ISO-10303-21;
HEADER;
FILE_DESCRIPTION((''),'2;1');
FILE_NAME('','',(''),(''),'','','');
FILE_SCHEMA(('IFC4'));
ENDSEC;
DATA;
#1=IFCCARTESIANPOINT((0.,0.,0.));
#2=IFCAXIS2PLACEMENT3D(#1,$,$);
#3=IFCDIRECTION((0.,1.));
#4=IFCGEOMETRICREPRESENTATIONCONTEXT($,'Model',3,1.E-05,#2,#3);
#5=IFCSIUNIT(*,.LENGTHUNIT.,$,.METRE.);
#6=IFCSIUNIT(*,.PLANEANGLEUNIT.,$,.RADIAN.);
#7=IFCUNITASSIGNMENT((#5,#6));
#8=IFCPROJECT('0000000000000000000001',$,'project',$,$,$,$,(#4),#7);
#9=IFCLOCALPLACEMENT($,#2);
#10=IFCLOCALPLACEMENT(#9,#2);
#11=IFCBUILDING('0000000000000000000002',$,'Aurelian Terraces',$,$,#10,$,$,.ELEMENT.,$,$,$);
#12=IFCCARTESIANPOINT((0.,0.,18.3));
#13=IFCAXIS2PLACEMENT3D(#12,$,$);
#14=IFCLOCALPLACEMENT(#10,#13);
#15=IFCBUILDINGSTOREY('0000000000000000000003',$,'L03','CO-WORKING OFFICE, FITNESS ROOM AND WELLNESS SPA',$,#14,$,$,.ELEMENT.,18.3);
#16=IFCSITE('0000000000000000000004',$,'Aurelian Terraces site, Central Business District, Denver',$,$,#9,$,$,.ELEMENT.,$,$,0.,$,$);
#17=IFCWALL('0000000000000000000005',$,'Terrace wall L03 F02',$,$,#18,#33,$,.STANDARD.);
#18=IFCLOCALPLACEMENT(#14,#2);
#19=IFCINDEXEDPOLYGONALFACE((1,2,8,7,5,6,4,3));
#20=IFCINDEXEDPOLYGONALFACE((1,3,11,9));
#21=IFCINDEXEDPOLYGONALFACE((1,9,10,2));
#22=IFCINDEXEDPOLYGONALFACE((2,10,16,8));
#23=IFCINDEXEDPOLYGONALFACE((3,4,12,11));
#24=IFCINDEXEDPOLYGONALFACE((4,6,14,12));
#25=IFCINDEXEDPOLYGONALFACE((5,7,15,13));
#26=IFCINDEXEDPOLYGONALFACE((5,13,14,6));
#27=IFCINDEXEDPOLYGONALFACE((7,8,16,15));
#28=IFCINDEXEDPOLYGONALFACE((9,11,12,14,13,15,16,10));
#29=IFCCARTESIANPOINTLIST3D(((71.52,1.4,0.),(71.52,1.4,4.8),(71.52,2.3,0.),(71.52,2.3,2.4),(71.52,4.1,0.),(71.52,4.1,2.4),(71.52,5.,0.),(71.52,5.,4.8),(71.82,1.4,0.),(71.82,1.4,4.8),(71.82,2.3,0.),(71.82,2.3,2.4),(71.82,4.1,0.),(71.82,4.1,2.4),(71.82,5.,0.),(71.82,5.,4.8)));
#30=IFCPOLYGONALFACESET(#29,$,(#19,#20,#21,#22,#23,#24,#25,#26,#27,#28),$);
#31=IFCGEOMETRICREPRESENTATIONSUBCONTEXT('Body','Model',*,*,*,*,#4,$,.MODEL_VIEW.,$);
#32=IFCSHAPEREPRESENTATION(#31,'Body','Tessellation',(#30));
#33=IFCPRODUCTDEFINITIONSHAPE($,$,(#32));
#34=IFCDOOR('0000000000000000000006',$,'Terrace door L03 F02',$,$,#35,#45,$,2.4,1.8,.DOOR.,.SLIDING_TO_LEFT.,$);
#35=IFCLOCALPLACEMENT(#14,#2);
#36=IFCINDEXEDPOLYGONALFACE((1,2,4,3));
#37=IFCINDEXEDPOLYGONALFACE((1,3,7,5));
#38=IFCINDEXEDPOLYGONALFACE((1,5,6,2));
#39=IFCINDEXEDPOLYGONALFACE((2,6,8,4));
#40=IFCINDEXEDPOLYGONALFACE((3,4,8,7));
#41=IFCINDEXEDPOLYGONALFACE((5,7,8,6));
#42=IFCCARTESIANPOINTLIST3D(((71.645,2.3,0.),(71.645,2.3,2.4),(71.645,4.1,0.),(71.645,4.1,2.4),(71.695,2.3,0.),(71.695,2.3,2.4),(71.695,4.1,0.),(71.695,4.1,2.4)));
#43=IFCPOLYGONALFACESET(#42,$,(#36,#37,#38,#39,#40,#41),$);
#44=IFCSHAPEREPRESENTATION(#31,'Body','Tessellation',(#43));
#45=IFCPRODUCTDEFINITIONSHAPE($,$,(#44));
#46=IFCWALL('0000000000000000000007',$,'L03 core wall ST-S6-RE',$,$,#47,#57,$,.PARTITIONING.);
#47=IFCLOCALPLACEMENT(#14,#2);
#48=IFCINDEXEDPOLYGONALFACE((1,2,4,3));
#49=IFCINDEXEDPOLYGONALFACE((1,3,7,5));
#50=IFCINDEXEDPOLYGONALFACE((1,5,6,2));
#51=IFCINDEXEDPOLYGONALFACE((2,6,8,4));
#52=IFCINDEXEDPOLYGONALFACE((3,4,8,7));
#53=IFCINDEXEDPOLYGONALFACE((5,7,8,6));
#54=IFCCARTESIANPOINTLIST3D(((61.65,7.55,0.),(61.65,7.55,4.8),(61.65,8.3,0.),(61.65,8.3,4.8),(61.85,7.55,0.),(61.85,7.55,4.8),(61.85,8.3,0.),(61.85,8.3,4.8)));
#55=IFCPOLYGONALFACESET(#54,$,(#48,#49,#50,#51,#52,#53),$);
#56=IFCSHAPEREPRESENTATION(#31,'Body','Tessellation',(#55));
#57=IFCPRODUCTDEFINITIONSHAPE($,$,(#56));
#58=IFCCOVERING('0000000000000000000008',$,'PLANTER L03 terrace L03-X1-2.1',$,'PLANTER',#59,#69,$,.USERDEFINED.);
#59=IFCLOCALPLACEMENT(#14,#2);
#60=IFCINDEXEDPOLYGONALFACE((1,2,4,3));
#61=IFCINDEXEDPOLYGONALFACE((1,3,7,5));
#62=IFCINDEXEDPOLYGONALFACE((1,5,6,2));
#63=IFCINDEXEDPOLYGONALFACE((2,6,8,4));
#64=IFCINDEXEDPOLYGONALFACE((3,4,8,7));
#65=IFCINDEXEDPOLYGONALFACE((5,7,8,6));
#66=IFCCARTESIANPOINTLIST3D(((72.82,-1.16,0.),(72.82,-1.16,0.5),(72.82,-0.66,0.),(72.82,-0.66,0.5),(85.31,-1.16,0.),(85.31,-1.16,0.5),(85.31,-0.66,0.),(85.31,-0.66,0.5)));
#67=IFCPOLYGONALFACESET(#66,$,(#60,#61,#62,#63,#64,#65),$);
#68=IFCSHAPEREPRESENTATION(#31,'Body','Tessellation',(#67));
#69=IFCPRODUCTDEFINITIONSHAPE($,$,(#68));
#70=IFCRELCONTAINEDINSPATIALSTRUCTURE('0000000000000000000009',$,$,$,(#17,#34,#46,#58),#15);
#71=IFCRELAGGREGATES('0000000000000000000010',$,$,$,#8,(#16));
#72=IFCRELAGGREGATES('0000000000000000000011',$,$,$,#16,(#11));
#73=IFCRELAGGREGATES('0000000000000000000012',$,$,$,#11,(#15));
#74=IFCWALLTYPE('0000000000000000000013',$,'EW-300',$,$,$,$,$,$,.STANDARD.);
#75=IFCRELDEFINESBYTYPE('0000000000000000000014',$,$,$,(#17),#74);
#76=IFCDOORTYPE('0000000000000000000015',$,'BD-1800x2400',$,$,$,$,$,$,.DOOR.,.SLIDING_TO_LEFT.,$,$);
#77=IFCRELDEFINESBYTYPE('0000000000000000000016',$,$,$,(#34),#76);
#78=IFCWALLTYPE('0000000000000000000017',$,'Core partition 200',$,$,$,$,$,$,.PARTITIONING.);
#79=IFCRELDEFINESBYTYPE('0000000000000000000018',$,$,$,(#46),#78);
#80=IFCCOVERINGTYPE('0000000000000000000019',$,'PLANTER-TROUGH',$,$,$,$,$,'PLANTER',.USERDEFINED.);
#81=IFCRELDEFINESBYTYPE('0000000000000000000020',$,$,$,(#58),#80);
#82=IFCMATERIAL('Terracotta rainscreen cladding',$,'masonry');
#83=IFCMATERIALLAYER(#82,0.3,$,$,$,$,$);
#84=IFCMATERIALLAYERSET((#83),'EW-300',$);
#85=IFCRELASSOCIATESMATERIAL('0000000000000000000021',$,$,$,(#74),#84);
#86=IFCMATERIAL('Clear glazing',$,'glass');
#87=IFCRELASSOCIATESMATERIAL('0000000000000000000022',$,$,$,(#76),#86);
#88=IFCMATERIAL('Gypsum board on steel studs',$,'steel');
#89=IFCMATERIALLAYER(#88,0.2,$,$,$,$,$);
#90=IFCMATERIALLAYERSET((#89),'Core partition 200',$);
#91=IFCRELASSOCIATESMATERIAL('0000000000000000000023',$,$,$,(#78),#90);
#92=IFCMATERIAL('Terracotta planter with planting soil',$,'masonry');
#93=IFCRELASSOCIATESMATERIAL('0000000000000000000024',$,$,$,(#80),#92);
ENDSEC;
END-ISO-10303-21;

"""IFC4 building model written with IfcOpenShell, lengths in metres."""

from ifc_helpers import new_model, si_unit, direction, frame, frame_2d, origin, origin_2d, place, context, subcontext, project, spatial, rectangle, extrude, source, transform, mapped, material, layer, layer_set, type_object, element, fill, save


model = new_model("IFC4")

# Units and contexts
model_context = context("Model", 3, precision=1e-05, world=origin(), true_north=direction((0.0, 1.0)))
body_context = subcontext(model_context, "Body", "Model", "MODEL_VIEW")
ifc_project = project(units=[si_unit("LENGTHUNIT", "METRE"), si_unit("PLANEANGLEUNIT", "RADIAN")], contexts=[model_context])

# Site, building, storey
site_placement = place(None, origin())
site = spatial("IfcSite", under=ifc_project, at=site_placement, Name="Aurelian Terraces site, Central Business District, Denver", CompositionType="ELEMENT", RefElevation=0.0)
building_placement = place(site_placement, origin())
building = spatial("IfcBuilding", under=site, at=building_placement, Name="Aurelian Terraces", CompositionType="ELEMENT")
storey_placement = place(building_placement, frame((0.0, 0.0, 18.3)))
storey = spatial("IfcBuildingStorey", under=building, at=storey_placement, Name="L03", Description="CO-WORKING OFFICE, FITNESS ROOM AND WELLNESS SPA", CompositionType="ELEMENT", Elevation=18.3)

# Shared definitions
ifc_material_1 = material(Name="Clear glazing", Category="glass")

# Shared definitions
ifc_material_2 = material(Name="Gypsum board on steel studs", Category="steel")

# Wall, opening, door
ifc_material_3 = material(Name="Terracotta rainscreen cladding", Category="masonry")
ifc_layer_1 = layer(ifc_material_3, 0.3)
ifc_layer_set_1 = layer_set([ifc_layer_1], Name="EW-300")
wall_type_1 = type_object("IfcWallType", Name="EW-300", PredefinedType="STANDARD", material=ifc_layer_set_1)
shared_shape_1 = source(origin(), body_context, "Body", "SweptSolid", [
    extrude(rectangle(XDim=3.6, YDim=0.3, at=frame_2d((1.8, 0.0))), origin(), (0.0, 0.0, 1.0), 4.8),
])
wall_1_placement = place(storey_placement, frame((71.67, 1.4, 0.0), z_axis=(0.0, 0.0, 1.0), x_axis=(0.0, 1.0, 0.0)))
wall_1 = element("IfcWall", 1, at=wall_1_placement, inside=storey, type_object=wall_type_1, Name="Terrace wall L03 F02", PredefinedType="STANDARD", context=body_context, shape_type="MappedRepresentation", body=[
    mapped(shared_shape_1, transform((0.0, 0.0, 0.0), scale=1.0)),
])
shared_shape_2 = source(origin(), body_context, "Body", "SweptSolid", [
    extrude(rectangle(XDim=1.8, YDim=2.4, at=frame_2d((0.9, 1.2))), frame((0.0, 0.16, 0.0), z_axis=(0.0, -1.0, 0.0), x_axis=(1.0, 0.0, 0.0)), (0.0, 0.0, 1.0), 0.32),
])
opening_placement = place(wall_1_placement, frame((0.9, 0.0, 0.0)))
opening = element("IfcOpeningElement", 2, at=opening_placement, cuts=wall_1, PredefinedType="OPENING", context=body_context, shape_type="MappedRepresentation", body=[
    mapped(shared_shape_2, transform((0.0, 0.0, 0.0), scale=1.0)),
])
door_type = type_object("IfcDoorType", Name="BD-1800x2400", OperationType="SLIDING_TO_LEFT", PredefinedType="DOOR", material=ifc_material_1)
shared_shape_3 = source(origin(), body_context, "Body", "SweptSolid", [
    extrude(rectangle(XDim=1.8, YDim=2.4, at=frame_2d((0.9, 1.2))), frame((0.0, 0.025, 0.0), z_axis=(0.0, -1.0, 0.0), x_axis=(1.0, 0.0, 0.0)), (0.0, 0.0, 1.0), 0.05),
])
door_placement = place(opening_placement, origin())
door = element("IfcDoor", 3, at=door_placement, inside=storey, type_object=door_type, Name="Terrace door L03 F02", OperationType="SLIDING_TO_LEFT", OverallHeight=2.4, OverallWidth=1.8, PredefinedType="DOOR", context=body_context, shape_type="MappedRepresentation", body=[
    mapped(shared_shape_3, transform((0.0, 0.0, 0.0), scale=1.0)),
])
fill(opening, door)

# Wall
ifc_layer_2 = layer(ifc_material_2, 0.2)
ifc_layer_set_2 = layer_set([ifc_layer_2], Name="Core partition 200")
wall_type_2 = type_object("IfcWallType", Name="Core partition 200", PredefinedType="PARTITIONING", material=ifc_layer_set_2)
shared_shape_4 = source(origin(), body_context, "Body", "SweptSolid", [
    extrude(rectangle(XDim=0.75, YDim=0.2, at=frame_2d((0.375, 0.0))), origin(), (0.0, 0.0, 1.0), 4.8),
])
wall_2_placement = place(storey_placement, frame((61.75, 7.55, 0.0), z_axis=(0.0, 0.0, 1.0), x_axis=(0.0, 1.0, 0.0)))
element("IfcWall", 4, at=wall_2_placement, inside=storey, type_object=wall_type_2, Name="L03 core wall ST-S6-RE", PredefinedType="PARTITIONING", context=body_context, shape_type="MappedRepresentation", body=[
    mapped(shared_shape_4, transform((0.0, 0.0, 0.0), scale=1.0)),
])

# Covering
ifc_material_4 = material(Name="Terracotta planter with planting soil", Category="masonry")
covering_type = type_object("IfcCoveringType", Name="PLANTER-TROUGH", ElementType="PLANTER", PredefinedType="USERDEFINED", material=ifc_material_4)
shared_shape_5 = source(origin(), body_context, "Body", "SweptSolid", [
    extrude(rectangle(XDim=12.49, YDim=0.5, at=origin_2d()), origin(), (0.0, 0.0, 1.0), 0.5),
])
covering_placement = place(storey_placement, frame((79.065, -0.91, 0.0), z_axis=(0.0, 0.0, 1.0), x_axis=(1.0, 0.0, 0.0)))
element("IfcCovering", 5, at=covering_placement, inside=storey, type_object=covering_type, Name="PLANTER L03 terrace L03-X1-2.1", ObjectType="PLANTER", PredefinedType="USERDEFINED", context=body_context, shape_type="MappedRepresentation", body=[
    mapped(shared_shape_5, transform((0.0, 0.0, 0.0), scale=1.0)),
])

save(model, "model.ifc")
